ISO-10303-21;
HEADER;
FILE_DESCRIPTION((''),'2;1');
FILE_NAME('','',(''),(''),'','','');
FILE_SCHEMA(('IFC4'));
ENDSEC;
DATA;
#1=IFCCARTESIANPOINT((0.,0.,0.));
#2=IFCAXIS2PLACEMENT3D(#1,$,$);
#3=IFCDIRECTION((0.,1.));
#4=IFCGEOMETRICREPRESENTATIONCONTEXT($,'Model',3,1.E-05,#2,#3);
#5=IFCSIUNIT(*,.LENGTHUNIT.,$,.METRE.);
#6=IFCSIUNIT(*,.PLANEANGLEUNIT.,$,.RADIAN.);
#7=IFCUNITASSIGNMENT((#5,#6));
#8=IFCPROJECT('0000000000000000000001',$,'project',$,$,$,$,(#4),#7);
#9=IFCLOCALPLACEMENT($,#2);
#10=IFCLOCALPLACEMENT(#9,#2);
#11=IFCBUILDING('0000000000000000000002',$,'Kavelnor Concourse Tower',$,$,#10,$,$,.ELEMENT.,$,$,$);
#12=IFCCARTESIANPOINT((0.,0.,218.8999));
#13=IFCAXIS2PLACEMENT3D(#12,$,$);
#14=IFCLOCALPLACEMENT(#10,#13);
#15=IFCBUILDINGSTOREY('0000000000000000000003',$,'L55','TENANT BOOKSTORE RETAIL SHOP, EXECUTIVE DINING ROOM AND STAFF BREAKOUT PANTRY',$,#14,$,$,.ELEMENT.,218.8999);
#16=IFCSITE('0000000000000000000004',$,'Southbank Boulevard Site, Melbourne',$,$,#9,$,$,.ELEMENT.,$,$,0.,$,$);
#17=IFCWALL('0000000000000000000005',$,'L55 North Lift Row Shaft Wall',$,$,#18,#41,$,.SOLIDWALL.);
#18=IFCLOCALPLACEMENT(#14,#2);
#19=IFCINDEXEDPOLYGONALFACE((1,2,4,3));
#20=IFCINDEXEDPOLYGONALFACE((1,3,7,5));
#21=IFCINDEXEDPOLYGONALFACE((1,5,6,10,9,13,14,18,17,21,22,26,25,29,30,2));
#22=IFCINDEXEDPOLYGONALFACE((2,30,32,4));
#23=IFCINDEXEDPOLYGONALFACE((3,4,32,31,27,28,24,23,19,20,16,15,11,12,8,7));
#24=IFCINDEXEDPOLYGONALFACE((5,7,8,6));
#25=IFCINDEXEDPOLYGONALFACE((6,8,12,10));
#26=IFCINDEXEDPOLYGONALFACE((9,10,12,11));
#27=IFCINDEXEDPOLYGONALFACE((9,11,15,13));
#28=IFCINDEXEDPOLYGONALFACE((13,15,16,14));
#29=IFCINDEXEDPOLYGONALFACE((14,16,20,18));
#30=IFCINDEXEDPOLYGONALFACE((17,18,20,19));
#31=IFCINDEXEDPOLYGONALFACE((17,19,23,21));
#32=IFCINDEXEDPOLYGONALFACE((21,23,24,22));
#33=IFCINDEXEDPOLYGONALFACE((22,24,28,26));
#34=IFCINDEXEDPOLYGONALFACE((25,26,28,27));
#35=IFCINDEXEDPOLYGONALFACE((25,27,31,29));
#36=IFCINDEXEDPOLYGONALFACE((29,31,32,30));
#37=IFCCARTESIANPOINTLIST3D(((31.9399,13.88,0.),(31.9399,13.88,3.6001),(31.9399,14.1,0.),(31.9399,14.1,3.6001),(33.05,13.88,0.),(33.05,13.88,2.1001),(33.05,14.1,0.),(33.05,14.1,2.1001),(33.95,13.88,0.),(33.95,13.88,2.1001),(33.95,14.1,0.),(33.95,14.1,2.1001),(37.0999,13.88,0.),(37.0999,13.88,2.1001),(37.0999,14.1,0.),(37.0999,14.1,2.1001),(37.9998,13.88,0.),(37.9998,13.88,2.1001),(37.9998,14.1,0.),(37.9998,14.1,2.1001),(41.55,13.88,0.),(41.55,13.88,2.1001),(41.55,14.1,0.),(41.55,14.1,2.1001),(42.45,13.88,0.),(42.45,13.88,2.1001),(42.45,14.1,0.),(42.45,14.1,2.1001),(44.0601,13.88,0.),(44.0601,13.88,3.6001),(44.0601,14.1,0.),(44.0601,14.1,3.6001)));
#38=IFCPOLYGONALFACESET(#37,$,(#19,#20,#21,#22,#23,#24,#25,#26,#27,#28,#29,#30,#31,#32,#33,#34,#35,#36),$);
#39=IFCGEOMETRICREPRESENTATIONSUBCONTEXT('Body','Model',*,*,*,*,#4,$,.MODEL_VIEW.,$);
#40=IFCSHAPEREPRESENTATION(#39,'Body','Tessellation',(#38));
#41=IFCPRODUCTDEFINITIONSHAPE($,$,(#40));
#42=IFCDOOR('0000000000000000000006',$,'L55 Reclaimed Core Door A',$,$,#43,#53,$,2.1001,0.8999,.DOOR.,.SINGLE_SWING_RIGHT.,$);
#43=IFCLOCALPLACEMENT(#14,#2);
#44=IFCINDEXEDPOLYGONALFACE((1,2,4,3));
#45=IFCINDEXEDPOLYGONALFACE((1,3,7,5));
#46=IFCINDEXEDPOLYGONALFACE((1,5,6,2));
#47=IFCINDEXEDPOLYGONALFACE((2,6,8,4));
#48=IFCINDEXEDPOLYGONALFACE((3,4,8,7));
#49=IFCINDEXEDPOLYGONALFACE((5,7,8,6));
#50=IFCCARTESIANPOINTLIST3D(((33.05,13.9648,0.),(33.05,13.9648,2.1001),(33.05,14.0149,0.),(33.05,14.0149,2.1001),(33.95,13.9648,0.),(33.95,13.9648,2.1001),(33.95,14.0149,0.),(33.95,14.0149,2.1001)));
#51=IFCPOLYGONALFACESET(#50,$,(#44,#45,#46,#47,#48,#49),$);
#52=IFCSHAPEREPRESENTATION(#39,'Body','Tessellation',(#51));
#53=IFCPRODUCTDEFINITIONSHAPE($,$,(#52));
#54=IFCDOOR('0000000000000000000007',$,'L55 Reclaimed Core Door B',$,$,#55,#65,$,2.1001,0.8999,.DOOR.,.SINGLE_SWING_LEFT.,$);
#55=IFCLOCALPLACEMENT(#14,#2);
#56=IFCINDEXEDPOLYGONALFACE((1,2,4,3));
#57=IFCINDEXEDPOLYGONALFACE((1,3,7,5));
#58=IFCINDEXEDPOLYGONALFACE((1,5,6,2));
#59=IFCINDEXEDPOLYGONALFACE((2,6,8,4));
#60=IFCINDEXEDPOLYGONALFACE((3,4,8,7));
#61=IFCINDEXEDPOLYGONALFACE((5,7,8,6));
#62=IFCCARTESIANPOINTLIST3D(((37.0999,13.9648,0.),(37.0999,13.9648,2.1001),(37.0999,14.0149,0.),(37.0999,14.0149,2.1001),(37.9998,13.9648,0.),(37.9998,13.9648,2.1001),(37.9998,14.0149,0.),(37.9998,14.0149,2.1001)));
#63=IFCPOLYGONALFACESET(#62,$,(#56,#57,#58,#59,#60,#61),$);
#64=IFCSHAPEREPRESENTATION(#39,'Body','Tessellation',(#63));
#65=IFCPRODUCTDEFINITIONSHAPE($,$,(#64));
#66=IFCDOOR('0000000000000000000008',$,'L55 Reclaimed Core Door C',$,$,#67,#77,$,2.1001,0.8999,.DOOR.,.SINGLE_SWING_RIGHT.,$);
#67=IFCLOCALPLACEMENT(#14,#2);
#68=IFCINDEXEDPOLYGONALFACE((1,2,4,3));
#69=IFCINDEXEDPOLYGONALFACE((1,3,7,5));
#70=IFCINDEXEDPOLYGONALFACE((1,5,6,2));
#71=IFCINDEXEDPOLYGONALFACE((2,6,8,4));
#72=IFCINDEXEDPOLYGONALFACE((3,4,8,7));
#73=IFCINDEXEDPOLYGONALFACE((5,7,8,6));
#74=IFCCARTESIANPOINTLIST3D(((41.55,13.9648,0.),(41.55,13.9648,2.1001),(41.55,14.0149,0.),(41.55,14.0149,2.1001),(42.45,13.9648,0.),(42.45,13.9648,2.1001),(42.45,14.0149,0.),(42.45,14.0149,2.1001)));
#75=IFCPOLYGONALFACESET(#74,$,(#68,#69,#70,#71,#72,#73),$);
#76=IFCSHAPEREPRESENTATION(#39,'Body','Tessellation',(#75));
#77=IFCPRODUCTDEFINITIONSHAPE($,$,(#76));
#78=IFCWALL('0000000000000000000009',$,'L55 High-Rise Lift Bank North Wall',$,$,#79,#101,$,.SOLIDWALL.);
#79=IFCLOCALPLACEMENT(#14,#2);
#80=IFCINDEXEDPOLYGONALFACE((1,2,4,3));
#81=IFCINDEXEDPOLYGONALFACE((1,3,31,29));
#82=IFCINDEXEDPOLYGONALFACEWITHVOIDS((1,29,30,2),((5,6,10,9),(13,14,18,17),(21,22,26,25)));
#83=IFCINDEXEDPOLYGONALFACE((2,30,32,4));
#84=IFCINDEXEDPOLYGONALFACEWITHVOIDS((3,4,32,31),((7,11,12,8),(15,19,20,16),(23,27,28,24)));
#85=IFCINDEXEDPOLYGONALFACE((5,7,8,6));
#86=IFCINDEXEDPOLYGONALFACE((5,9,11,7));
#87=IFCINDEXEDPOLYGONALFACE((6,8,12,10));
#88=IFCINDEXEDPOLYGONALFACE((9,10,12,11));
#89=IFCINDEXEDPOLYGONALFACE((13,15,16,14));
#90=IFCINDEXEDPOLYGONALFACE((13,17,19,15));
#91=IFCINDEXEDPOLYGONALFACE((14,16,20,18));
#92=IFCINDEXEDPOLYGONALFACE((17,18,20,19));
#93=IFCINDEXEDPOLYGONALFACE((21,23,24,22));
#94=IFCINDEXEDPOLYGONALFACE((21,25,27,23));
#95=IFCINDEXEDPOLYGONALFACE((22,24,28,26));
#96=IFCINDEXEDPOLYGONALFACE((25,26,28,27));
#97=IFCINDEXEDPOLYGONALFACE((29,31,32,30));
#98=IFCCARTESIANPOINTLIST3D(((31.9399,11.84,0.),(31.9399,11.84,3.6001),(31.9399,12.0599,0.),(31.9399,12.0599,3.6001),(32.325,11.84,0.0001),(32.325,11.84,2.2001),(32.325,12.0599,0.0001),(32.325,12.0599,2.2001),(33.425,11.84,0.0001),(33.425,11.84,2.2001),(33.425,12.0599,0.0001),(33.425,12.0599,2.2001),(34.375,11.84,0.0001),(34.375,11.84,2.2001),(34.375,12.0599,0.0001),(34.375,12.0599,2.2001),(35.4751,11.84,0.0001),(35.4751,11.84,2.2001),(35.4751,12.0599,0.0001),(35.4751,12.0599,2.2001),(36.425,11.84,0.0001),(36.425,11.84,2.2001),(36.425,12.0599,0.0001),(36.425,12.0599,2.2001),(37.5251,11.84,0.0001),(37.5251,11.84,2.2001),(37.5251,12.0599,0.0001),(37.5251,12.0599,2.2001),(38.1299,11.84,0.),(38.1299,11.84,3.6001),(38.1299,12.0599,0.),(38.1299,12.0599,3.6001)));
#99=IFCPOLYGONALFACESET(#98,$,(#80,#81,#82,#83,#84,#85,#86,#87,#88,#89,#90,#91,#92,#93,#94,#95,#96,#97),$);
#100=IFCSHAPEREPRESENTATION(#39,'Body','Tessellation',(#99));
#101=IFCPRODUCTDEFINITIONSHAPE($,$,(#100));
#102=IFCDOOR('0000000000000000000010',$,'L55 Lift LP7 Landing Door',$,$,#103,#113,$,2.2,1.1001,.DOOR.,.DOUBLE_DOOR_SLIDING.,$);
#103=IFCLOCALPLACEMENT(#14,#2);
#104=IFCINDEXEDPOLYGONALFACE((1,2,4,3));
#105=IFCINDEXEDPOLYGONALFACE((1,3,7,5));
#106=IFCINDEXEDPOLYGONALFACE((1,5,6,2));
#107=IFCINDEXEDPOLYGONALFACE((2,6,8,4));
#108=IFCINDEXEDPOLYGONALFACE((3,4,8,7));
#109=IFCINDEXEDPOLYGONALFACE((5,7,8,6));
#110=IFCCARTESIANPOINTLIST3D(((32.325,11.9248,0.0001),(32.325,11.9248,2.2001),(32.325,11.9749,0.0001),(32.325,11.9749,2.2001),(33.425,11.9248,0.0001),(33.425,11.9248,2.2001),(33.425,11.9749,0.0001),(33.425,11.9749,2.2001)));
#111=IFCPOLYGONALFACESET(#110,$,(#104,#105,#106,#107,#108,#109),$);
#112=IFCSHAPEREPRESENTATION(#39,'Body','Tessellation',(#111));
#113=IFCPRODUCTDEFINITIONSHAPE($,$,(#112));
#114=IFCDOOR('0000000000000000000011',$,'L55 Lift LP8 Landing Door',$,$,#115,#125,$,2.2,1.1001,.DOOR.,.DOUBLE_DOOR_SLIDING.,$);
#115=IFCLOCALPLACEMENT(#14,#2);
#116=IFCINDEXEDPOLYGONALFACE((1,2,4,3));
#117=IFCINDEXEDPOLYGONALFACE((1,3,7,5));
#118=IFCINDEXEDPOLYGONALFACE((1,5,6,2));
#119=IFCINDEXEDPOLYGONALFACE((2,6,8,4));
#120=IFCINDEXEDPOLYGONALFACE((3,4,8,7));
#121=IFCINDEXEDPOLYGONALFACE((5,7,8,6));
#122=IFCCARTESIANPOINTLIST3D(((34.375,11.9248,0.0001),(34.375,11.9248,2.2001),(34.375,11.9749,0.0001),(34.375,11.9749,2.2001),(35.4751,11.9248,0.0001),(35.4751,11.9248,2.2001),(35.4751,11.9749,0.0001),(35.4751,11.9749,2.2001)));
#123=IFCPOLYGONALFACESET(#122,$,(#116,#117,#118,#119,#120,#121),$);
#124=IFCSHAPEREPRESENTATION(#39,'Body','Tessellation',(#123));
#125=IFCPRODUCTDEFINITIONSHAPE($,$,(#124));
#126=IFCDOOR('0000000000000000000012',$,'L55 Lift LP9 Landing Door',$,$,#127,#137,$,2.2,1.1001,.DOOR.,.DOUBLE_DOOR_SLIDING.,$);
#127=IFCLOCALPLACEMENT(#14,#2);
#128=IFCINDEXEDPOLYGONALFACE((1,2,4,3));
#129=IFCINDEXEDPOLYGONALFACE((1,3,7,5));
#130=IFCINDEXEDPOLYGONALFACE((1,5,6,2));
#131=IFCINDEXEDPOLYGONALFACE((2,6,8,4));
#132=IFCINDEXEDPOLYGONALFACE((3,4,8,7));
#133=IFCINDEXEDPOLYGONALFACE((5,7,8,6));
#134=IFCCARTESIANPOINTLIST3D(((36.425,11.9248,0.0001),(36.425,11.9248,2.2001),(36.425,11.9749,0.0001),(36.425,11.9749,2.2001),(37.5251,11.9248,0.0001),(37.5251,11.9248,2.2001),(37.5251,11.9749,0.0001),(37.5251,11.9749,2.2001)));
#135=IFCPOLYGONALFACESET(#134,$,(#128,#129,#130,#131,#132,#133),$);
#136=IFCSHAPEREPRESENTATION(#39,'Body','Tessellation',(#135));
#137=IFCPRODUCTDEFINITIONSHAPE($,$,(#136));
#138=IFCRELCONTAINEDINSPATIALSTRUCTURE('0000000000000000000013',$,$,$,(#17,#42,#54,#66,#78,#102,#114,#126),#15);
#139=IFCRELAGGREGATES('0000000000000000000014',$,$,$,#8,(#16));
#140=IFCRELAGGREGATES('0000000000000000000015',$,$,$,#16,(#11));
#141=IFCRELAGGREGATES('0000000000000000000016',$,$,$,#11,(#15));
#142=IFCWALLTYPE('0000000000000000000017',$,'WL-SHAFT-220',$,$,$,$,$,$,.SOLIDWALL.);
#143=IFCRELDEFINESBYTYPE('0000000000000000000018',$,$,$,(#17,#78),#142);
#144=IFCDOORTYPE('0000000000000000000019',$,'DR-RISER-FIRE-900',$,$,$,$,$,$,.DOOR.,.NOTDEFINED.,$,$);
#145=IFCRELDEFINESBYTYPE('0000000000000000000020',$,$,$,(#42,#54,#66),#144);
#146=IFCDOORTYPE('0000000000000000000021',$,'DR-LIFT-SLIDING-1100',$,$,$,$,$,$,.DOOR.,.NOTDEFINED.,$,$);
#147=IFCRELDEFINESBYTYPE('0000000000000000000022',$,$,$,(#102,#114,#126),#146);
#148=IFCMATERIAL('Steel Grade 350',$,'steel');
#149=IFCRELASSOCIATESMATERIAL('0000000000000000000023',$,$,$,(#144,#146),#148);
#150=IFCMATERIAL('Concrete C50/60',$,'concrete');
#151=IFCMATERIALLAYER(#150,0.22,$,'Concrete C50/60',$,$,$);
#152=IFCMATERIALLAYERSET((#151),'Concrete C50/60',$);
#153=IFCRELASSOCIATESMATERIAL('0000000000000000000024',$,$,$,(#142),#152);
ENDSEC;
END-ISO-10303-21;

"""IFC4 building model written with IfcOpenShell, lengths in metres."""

from ifc_helpers import new_model, si_unit, direction, frame, frame_2d, origin, place, context, subcontext, project, spatial, rectangle, extrude, material, layer, layer_set, type_object, element, fill, save


model = new_model("IFC4")

# Units and contexts
model_context = context("Model", 3, precision=1e-05, world=origin(), true_north=direction((0.0, 1.0)))
body_context = subcontext(model_context, "Body", "Model", "MODEL_VIEW")
ifc_project = project(units=[si_unit("LENGTHUNIT", "METRE"), si_unit("PLANEANGLEUNIT", "RADIAN")], contexts=[model_context])

# Site, building, storey
site_placement = place(None, origin())
site = spatial("IfcSite", under=ifc_project, at=site_placement, Name="Southbank Boulevard Site, Melbourne", CompositionType="ELEMENT", RefElevation=0.0)
building_placement = place(site_placement, origin())
building = spatial("IfcBuilding", under=site, at=building_placement, Name="Kavelnor Concourse Tower", CompositionType="ELEMENT")
storey_placement = place(building_placement, frame((0.0, 0.0, 218.8999)))
storey = spatial("IfcBuildingStorey", under=building, at=storey_placement, Name="L55", Description="TENANT BOOKSTORE RETAIL SHOP, EXECUTIVE DINING ROOM AND STAFF BREAKOUT PANTRY", CompositionType="ELEMENT", Elevation=218.8999)

# Shared definitions
ifc_material_1 = material(Name="Steel Grade 350", Category="steel")

# Shared definitions
ifc_material_2 = material(Name="Concrete C50/60", Category="concrete")
door_type_1 = type_object("IfcDoorType", Name="DR-RISER-FIRE-900", OperationType="NOTDEFINED", PredefinedType="DOOR", material=ifc_material_1)

# Shared definitions
ifc_layer_1 = layer(ifc_material_2, 0.22, Name="Concrete C50/60")
ifc_layer_set_1 = layer_set([ifc_layer_1], Name="Concrete C50/60")
wall_type_1 = type_object("IfcWallType", Name="WL-SHAFT-220", PredefinedType="SOLIDWALL", material=ifc_layer_set_1)

# Walls, openings, doors
wall_1_placement = place(storey_placement, frame((31.9399, 13.99, 0.0), z_axis=(0.0, 0.0, 1.0), x_axis=(1.0, 0.0, 0.0)))
wall_1 = element("IfcWall", 1, at=wall_1_placement, inside=storey, type_object=wall_type_1, Name="L55 North Lift Row Shaft Wall", PredefinedType="SOLIDWALL", context=body_context, shape_type="SweptSolid", body=[
    extrude(rectangle(XDim=12.1201, YDim=0.22, at=frame_2d((6.0601, 0.0))), origin(), (0.0, 0.0, 1.0), 3.6001),
])
opening_1_placement = place(wall_1_placement, frame((1.1101, 0.0, 0.0)))
opening_1 = element("IfcOpeningElement", 2, at=opening_1_placement, cuts=wall_1, PredefinedType="OPENING", context=body_context, shape_type="SweptSolid", body=[
    extrude(rectangle(XDim=0.8999, YDim=2.1001, at=frame_2d((0.45, 1.05))), frame((0.0, 0.1201, 0.0), z_axis=(0.0, -1.0, 0.0), x_axis=(1.0, 0.0, 0.0)), (0.0, 0.0, 1.0), 0.24),
])
opening_2_placement = place(wall_1_placement, frame((5.1599, 0.0, 0.0)))
opening_2 = element("IfcOpeningElement", 3, at=opening_2_placement, cuts=wall_1, PredefinedType="OPENING", context=body_context, shape_type="SweptSolid", body=[
    extrude(rectangle(XDim=0.8999, YDim=2.1001, at=frame_2d((0.45, 1.05))), frame((0.0, 0.1201, 0.0), z_axis=(0.0, -1.0, 0.0), x_axis=(1.0, 0.0, 0.0)), (0.0, 0.0, 1.0), 0.24),
])
opening_3_placement = place(wall_1_placement, frame((9.6101, 0.0, 0.0)))
opening_3 = element("IfcOpeningElement", 4, at=opening_3_placement, cuts=wall_1, PredefinedType="OPENING", context=body_context, shape_type="SweptSolid", body=[
    extrude(rectangle(XDim=0.8999, YDim=2.1001, at=frame_2d((0.45, 1.05))), frame((0.0, 0.1201, 0.0), z_axis=(0.0, -1.0, 0.0), x_axis=(1.0, 0.0, 0.0)), (0.0, 0.0, 1.0), 0.24),
])
door_1_placement = place(opening_1_placement, origin())
door_1 = element("IfcDoor", 5, at=door_1_placement, inside=storey, type_object=door_type_1, Name="L55 Reclaimed Core Door A", OperationType="SINGLE_SWING_RIGHT", OverallHeight=2.1001, OverallWidth=0.8999, PredefinedType="DOOR", context=body_context, shape_type="SweptSolid", body=[
    extrude(rectangle(XDim=0.8999, YDim=2.1001, at=frame_2d((0.45, 1.05))), frame((0.0, 0.0249, 0.0), z_axis=(0.0, -1.0, 0.0), x_axis=(1.0, 0.0, 0.0)), (0.0, 0.0, 1.0), 0.05),
])
fill(opening_1, door_1)
door_2_placement = place(opening_2_placement, origin())
door_2 = element("IfcDoor", 6, at=door_2_placement, inside=storey, type_object=door_type_1, Name="L55 Reclaimed Core Door B", OperationType="SINGLE_SWING_LEFT", OverallHeight=2.1001, OverallWidth=0.8999, PredefinedType="DOOR", context=body_context, shape_type="SweptSolid", body=[
    extrude(rectangle(XDim=0.8999, YDim=2.1001, at=frame_2d((0.45, 1.05))), frame((0.0, 0.0249, 0.0), z_axis=(0.0, -1.0, 0.0), x_axis=(1.0, 0.0, 0.0)), (0.0, 0.0, 1.0), 0.05),
])
fill(opening_2, door_2)
door_3_placement = place(opening_3_placement, origin())
door_3 = element("IfcDoor", 7, at=door_3_placement, inside=storey, type_object=door_type_1, Name="L55 Reclaimed Core Door C", OperationType="SINGLE_SWING_RIGHT", OverallHeight=2.1001, OverallWidth=0.8999, PredefinedType="DOOR", context=body_context, shape_type="SweptSolid", body=[
    extrude(rectangle(XDim=0.8999, YDim=2.1001, at=frame_2d((0.45, 1.05))), frame((0.0, 0.0249, 0.0), z_axis=(0.0, -1.0, 0.0), x_axis=(1.0, 0.0, 0.0)), (0.0, 0.0, 1.0), 0.05),
])
fill(opening_3, door_3)
wall_2_placement = place(storey_placement, frame((31.9399, 11.95, 0.0), z_axis=(0.0, 0.0, 1.0), x_axis=(1.0, 0.0, 0.0)))
wall_2 = element("IfcWall", 8, at=wall_2_placement, inside=storey, type_object=wall_type_1, Name="L55 High-Rise Lift Bank North Wall", PredefinedType="SOLIDWALL", context=body_context, shape_type="SweptSolid", body=[
    extrude(rectangle(XDim=6.1899, YDim=0.22, at=frame_2d((3.095, 0.0))), origin(), (0.0, 0.0, 1.0), 3.6001),
])
opening_4_placement = place(wall_2_placement, frame((0.385, 0.0, 0.0)))
opening_4 = element("IfcOpeningElement", 9, at=opening_4_placement, cuts=wall_2, PredefinedType="OPENING", context=body_context, shape_type="SweptSolid", body=[
    extrude(rectangle(XDim=1.1001, YDim=2.2, at=frame_2d((0.55, 1.1001))), frame((0.0, 0.1201, 0.0), z_axis=(0.0, -1.0, 0.0), x_axis=(1.0, 0.0, 0.0)), (0.0, 0.0, 1.0), 0.24),
])
opening_5_placement = place(wall_2_placement, frame((2.4351, 0.0, 0.0)))
opening_5 = element("IfcOpeningElement", 10, at=opening_5_placement, cuts=wall_2, PredefinedType="OPENING", context=body_context, shape_type="SweptSolid", body=[
    extrude(rectangle(XDim=1.1001, YDim=2.2, at=frame_2d((0.55, 1.1001))), frame((0.0, 0.1201, 0.0), z_axis=(0.0, -1.0, 0.0), x_axis=(1.0, 0.0, 0.0)), (0.0, 0.0, 1.0), 0.24),
])
opening_6_placement = place(wall_2_placement, frame((4.4851, 0.0, 0.0)))
opening_6 = element("IfcOpeningElement", 11, at=opening_6_placement, cuts=wall_2, PredefinedType="OPENING", context=body_context, shape_type="SweptSolid", body=[
    extrude(rectangle(XDim=1.1001, YDim=2.2, at=frame_2d((0.55, 1.1001))), frame((0.0, 0.1201, 0.0), z_axis=(0.0, -1.0, 0.0), x_axis=(1.0, 0.0, 0.0)), (0.0, 0.0, 1.0), 0.24),
])
door_type_2 = type_object("IfcDoorType", Name="DR-LIFT-SLIDING-1100", OperationType="NOTDEFINED", PredefinedType="DOOR", material=ifc_material_1)
door_4_placement = place(opening_4_placement, origin())
door_4 = element("IfcDoor", 12, at=door_4_placement, inside=storey, type_object=door_type_2, Name="L55 Lift LP7 Landing Door", OperationType="DOUBLE_DOOR_SLIDING", OverallHeight=2.2, OverallWidth=1.1001, PredefinedType="DOOR", context=body_context, shape_type="SweptSolid", body=[
    extrude(rectangle(XDim=1.1001, YDim=2.2, at=frame_2d((0.55, 1.1001))), frame((0.0, 0.0249, 0.0), z_axis=(0.0, -1.0, 0.0), x_axis=(1.0, 0.0, 0.0)), (0.0, 0.0, 1.0), 0.05),
])
fill(opening_4, door_4)
door_5_placement = place(opening_5_placement, origin())
door_5 = element("IfcDoor", 13, at=door_5_placement, inside=storey, type_object=door_type_2, Name="L55 Lift LP8 Landing Door", OperationType="DOUBLE_DOOR_SLIDING", OverallHeight=2.2, OverallWidth=1.1001, PredefinedType="DOOR", context=body_context, shape_type="SweptSolid", body=[
    extrude(rectangle(XDim=1.1001, YDim=2.2, at=frame_2d((0.55, 1.1001))), frame((0.0, 0.0249, 0.0), z_axis=(0.0, -1.0, 0.0), x_axis=(1.0, 0.0, 0.0)), (0.0, 0.0, 1.0), 0.05),
])
fill(opening_5, door_5)
door_6_placement = place(opening_6_placement, origin())
door_6 = element("IfcDoor", 14, at=door_6_placement, inside=storey, type_object=door_type_2, Name="L55 Lift LP9 Landing Door", OperationType="DOUBLE_DOOR_SLIDING", OverallHeight=2.2, OverallWidth=1.1001, PredefinedType="DOOR", context=body_context, shape_type="SweptSolid", body=[
    extrude(rectangle(XDim=1.1001, YDim=2.2, at=frame_2d((0.55, 1.1001))), frame((0.0, 0.0249, 0.0), z_axis=(0.0, -1.0, 0.0), x_axis=(1.0, 0.0, 0.0)), (0.0, 0.0, 1.0), 0.05),
])
fill(opening_6, door_6)

save(model, "model.ifc")
